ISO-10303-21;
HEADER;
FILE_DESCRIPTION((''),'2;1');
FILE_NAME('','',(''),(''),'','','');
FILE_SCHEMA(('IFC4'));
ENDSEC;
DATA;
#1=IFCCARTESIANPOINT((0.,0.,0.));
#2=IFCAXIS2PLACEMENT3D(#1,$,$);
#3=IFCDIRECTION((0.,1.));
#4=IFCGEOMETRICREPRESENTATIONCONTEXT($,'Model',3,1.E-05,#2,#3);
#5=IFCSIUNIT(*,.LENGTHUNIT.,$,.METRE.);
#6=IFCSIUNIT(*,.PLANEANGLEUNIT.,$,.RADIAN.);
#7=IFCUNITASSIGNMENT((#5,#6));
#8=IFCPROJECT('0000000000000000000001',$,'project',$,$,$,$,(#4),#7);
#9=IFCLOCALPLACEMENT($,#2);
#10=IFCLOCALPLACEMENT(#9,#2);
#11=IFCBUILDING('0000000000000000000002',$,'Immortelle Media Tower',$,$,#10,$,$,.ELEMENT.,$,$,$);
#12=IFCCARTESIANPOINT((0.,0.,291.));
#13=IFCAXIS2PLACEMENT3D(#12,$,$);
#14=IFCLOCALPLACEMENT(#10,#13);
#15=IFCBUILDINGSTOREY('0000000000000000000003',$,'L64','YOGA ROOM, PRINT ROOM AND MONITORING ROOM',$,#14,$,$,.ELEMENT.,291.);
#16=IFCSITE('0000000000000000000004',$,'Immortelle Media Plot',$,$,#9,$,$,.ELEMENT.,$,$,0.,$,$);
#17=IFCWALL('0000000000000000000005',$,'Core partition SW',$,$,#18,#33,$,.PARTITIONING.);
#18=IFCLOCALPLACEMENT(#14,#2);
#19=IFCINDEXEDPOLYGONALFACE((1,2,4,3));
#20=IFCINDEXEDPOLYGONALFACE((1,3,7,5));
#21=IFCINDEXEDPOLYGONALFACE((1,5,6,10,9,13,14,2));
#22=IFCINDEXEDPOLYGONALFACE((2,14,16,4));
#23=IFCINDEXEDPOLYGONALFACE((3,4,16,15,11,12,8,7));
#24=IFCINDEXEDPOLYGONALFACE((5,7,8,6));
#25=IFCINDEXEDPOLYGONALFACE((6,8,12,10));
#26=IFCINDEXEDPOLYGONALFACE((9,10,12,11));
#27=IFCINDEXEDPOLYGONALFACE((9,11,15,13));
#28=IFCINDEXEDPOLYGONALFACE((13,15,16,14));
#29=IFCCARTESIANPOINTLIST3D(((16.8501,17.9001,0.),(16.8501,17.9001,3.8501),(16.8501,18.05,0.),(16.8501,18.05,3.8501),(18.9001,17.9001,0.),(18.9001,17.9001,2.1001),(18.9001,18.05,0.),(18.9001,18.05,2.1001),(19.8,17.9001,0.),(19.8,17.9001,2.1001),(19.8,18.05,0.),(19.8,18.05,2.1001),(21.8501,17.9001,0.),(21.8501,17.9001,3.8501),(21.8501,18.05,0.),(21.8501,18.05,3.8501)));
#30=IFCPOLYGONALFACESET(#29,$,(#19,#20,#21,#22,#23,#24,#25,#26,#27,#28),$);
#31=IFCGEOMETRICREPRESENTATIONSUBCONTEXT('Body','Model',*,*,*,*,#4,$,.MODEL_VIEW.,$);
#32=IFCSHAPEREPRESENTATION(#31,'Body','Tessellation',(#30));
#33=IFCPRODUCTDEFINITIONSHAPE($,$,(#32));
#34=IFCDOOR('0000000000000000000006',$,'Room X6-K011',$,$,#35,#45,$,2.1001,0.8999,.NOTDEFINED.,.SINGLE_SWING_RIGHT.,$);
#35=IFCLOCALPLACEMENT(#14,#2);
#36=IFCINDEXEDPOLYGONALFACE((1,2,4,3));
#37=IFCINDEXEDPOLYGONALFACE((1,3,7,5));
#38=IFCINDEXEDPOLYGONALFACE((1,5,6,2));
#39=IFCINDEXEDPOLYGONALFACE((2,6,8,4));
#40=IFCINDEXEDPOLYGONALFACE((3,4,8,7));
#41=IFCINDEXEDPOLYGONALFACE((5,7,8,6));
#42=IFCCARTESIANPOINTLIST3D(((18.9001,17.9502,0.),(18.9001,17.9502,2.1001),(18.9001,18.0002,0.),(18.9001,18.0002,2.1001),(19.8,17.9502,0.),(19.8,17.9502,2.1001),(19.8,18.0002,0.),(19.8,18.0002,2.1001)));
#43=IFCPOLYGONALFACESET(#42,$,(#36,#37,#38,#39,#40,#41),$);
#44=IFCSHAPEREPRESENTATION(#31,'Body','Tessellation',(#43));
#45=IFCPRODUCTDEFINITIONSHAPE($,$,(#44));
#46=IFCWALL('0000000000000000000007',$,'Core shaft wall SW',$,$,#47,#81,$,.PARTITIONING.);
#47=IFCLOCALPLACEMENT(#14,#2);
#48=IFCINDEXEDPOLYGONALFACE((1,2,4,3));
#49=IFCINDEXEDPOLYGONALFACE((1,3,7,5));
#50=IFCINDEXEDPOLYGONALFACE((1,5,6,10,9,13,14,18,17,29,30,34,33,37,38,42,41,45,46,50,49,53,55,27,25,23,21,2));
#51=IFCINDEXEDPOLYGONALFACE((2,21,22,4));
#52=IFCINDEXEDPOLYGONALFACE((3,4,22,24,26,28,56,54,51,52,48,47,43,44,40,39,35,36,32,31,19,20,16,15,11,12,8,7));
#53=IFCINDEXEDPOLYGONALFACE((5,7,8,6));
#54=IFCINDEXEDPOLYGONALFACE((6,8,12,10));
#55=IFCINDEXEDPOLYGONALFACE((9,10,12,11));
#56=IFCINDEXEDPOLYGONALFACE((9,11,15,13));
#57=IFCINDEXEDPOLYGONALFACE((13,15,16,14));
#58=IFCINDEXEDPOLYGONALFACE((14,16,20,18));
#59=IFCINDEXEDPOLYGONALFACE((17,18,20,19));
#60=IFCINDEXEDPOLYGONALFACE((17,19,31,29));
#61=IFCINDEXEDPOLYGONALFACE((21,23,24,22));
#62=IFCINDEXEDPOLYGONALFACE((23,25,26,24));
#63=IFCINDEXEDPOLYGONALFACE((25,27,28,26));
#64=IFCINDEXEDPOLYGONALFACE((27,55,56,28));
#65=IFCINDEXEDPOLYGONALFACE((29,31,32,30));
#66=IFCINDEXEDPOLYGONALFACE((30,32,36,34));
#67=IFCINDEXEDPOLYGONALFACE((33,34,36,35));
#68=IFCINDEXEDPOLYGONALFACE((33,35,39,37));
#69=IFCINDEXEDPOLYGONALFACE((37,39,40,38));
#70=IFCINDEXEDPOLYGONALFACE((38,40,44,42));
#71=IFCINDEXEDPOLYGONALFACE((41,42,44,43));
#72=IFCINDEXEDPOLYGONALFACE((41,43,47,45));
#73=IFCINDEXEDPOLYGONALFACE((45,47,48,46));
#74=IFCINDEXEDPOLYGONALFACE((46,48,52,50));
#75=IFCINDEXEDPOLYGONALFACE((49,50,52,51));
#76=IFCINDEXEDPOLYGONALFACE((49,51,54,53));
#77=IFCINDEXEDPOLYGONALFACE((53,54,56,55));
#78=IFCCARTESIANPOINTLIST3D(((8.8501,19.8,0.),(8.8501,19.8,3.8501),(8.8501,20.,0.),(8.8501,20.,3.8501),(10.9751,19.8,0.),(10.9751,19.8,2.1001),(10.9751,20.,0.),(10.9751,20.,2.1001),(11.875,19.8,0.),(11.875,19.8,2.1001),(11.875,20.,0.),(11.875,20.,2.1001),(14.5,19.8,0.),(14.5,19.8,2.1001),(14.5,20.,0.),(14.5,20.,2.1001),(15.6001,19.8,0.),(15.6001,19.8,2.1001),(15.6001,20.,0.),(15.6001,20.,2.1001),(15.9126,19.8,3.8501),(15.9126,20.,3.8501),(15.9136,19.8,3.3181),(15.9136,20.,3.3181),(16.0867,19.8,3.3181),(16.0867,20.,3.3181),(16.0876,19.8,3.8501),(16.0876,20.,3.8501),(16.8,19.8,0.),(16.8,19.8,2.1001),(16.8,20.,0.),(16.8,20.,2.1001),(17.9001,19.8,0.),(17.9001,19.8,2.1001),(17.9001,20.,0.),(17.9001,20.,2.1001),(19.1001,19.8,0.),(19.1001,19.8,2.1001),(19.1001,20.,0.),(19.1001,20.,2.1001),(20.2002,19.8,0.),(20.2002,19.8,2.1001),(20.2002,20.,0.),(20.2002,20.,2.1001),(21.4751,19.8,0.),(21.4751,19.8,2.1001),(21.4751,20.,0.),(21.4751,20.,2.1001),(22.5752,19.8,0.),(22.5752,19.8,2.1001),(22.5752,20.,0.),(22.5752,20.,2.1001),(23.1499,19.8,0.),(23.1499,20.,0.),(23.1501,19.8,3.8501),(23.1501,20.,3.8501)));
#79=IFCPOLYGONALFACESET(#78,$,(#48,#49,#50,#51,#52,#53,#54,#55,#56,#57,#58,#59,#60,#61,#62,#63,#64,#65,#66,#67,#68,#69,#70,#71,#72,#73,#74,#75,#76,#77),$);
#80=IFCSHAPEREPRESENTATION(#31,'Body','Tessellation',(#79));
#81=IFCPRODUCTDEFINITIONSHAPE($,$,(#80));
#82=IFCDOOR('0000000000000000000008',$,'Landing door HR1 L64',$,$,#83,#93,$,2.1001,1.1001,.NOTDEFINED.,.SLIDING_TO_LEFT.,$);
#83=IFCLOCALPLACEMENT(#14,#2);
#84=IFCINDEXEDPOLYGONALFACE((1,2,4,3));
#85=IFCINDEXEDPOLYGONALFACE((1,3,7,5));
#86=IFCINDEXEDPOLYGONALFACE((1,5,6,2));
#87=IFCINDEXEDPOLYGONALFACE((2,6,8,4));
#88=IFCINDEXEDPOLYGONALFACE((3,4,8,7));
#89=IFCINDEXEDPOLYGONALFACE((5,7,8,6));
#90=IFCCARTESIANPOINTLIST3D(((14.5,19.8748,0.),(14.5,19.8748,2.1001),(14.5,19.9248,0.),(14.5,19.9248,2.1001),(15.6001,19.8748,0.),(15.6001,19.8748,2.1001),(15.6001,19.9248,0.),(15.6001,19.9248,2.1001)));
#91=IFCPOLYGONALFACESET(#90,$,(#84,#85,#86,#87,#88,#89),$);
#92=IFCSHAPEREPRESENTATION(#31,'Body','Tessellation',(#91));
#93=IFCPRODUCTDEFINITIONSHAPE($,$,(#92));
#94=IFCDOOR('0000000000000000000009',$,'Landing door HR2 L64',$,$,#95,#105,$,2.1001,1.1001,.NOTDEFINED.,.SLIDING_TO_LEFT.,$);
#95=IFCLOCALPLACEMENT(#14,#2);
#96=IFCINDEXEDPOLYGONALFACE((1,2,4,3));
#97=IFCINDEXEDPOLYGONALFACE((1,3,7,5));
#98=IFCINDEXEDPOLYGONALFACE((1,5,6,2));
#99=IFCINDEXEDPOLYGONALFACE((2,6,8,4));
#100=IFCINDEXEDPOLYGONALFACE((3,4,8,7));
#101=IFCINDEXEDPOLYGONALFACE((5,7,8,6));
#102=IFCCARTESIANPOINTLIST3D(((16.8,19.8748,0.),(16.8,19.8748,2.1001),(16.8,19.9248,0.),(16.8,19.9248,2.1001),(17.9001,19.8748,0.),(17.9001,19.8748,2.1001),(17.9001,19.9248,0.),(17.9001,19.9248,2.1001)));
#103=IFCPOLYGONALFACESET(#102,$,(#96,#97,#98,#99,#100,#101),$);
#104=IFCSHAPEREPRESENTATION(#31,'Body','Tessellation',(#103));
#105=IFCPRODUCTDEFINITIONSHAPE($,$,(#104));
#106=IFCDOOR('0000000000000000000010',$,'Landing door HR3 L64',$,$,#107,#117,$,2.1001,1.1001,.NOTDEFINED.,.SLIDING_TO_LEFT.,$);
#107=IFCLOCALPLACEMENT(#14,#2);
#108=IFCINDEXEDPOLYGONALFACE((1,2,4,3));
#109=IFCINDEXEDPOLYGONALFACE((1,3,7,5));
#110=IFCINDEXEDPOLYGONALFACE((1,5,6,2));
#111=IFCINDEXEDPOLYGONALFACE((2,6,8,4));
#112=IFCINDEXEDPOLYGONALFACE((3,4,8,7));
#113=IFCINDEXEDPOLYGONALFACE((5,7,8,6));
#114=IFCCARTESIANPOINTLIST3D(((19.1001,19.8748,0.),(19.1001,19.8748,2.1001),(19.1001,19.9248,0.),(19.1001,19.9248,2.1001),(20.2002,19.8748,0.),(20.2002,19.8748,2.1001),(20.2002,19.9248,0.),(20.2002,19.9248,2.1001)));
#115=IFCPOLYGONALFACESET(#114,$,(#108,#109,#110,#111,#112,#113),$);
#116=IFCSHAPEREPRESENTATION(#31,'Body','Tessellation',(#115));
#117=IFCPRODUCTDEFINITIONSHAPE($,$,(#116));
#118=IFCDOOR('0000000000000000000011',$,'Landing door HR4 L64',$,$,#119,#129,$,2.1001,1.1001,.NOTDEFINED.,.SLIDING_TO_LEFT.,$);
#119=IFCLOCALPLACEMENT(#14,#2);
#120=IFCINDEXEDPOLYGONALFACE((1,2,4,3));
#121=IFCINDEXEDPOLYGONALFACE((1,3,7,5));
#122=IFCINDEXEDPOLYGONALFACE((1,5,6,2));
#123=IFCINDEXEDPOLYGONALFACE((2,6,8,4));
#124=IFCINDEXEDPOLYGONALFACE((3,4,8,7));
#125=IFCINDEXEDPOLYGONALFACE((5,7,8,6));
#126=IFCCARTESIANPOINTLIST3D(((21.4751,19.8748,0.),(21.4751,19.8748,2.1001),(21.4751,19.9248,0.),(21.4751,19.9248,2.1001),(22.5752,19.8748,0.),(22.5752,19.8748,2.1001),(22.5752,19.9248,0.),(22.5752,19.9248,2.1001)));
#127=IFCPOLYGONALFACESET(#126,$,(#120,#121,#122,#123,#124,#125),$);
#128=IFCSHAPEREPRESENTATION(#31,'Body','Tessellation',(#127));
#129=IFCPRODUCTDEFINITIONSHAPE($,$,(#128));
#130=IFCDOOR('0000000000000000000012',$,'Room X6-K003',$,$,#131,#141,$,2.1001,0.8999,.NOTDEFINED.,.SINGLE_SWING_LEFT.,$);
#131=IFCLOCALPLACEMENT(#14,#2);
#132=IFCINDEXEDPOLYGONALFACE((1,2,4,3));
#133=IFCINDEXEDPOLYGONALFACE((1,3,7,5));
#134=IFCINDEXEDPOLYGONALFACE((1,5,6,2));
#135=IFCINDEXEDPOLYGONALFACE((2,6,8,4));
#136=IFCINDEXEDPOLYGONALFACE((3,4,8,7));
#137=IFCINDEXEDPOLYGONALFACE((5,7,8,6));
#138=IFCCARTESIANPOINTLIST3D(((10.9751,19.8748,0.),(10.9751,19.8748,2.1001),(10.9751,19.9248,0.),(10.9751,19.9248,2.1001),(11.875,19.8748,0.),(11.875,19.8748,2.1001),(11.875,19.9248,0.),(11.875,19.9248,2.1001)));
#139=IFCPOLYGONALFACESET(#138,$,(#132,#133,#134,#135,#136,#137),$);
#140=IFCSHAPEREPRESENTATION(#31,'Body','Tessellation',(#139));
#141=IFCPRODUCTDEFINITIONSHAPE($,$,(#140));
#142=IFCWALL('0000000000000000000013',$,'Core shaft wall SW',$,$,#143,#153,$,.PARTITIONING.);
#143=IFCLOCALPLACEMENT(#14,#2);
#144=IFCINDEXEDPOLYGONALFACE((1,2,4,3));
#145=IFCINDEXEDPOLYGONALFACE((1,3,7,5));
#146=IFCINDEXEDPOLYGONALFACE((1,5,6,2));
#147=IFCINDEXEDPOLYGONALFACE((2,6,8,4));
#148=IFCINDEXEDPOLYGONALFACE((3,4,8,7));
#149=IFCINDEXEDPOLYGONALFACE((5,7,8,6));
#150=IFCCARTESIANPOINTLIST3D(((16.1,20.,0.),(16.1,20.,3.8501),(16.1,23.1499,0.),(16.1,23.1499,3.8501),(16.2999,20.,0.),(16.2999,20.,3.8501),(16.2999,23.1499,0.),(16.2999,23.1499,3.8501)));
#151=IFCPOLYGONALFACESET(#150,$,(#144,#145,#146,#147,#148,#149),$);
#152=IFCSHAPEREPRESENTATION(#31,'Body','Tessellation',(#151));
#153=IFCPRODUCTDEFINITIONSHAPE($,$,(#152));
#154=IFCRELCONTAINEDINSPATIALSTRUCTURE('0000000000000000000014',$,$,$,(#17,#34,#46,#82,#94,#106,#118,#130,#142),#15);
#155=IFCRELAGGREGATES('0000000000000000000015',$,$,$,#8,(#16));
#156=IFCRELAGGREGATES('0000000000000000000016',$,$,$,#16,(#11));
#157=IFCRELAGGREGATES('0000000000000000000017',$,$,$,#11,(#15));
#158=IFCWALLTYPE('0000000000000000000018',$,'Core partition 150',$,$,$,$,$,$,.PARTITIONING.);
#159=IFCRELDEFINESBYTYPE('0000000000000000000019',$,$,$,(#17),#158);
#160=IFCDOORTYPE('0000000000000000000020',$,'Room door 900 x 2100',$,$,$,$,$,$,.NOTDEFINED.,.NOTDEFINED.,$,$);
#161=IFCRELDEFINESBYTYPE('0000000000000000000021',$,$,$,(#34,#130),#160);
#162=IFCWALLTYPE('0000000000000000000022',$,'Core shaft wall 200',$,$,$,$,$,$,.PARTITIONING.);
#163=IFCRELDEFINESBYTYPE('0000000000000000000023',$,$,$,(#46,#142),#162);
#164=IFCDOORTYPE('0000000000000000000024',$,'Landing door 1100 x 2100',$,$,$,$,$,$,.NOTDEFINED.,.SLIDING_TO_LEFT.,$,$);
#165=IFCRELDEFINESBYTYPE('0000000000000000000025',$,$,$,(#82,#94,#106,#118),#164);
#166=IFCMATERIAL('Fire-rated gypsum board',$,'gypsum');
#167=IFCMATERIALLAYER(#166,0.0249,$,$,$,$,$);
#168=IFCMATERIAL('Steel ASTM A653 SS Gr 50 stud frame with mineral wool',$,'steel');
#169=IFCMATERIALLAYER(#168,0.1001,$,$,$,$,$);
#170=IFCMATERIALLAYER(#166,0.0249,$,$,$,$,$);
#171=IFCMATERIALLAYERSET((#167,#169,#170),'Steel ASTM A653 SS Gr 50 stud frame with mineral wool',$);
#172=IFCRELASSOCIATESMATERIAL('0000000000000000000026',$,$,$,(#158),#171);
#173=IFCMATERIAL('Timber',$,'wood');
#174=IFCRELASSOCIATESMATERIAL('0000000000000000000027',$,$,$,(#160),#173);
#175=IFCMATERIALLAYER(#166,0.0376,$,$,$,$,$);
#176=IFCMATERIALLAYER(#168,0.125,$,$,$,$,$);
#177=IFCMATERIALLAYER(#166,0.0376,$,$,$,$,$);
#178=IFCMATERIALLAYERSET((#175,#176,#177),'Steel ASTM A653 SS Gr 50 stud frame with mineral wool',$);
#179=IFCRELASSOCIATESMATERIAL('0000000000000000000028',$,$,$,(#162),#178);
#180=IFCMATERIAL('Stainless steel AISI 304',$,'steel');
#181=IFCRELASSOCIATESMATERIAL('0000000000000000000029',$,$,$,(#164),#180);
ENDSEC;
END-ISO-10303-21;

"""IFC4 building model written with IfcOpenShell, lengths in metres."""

from ifc_helpers import new_model, si_unit, direction, frame, frame_2d, origin, place, context, subcontext, project, spatial, polyline, rectangle, outline, extrude, material, layer, layer_set, type_object, element, fill, save


model = new_model("IFC4")

# Units and contexts
model_context = context("Model", 3, precision=1e-05, world=origin(), true_north=direction((0.0, 1.0)))
body_context = subcontext(model_context, "Body", "Model", "MODEL_VIEW")
ifc_project = project(units=[si_unit("LENGTHUNIT", "METRE"), si_unit("PLANEANGLEUNIT", "RADIAN")], contexts=[model_context])

# Site, building, storey
site_placement = place(None, origin())
site = spatial("IfcSite", under=ifc_project, at=site_placement, Name="Immortelle Media Plot", CompositionType="ELEMENT", RefElevation=0.0)
building_placement = place(site_placement, origin())
building = spatial("IfcBuilding", under=site, at=building_placement, Name="Immortelle Media Tower", CompositionType="ELEMENT")
storey_placement = place(building_placement, frame((0.0, 0.0, 291.0)))
storey = spatial("IfcBuildingStorey", under=building, at=storey_placement, Name="L64", Description="YOGA ROOM, PRINT ROOM AND MONITORING ROOM", CompositionType="ELEMENT", Elevation=291.0)

# Shared definitions
ifc_material_1 = material(Name="Timber", Category="wood")

# Shared definitions
ifc_material_2 = material(Name="Fire-rated gypsum board", Category="gypsum")
ifc_layer_1 = layer(ifc_material_2, 0.0249)
ifc_material_3 = material(Name="Steel ASTM A653 SS Gr 50 stud frame with mineral wool", Category="steel")
ifc_layer_2 = layer(ifc_material_3, 0.1001)
ifc_layer_3 = layer(ifc_material_2, 0.0249)
ifc_layer_set_1 = layer_set([ifc_layer_1, ifc_layer_2, ifc_layer_3], Name="Steel ASTM A653 SS Gr 50 stud frame with mineral wool")
wall_type_1 = type_object("IfcWallType", Name="Core partition 150", PredefinedType="PARTITIONING", material=ifc_layer_set_1)

# Shared definitions
door_type_1 = type_object("IfcDoorType", Name="Room door 900 x 2100", OperationType="NOTDEFINED", PredefinedType="NOTDEFINED", material=ifc_material_1)

# Wall, opening, door
wall_1_placement = place(storey_placement, frame((16.8501, 17.9751, 0.0), z_axis=(0.0, 0.0, 1.0), x_axis=(1.0, 0.0, 0.0)))
wall_1 = element("IfcWall", 1, at=wall_1_placement, inside=storey, type_object=wall_type_1, Name="Core partition SW", PredefinedType="PARTITIONING", context=body_context, shape_type="SweptSolid", body=[
    extrude(rectangle(XDim=5.0, YDim=0.1499, at=frame_2d((2.5, 0.0))), origin(), (0.0, 0.0, 1.0), 3.8501),
])
opening_1_placement = place(wall_1_placement, frame((2.95, 0.0, 0.0), z_axis=(0.0, 0.0, 1.0), x_axis=(-1.0, 0.0, 0.0)))
opening_1 = element("IfcOpeningElement", 2, at=opening_1_placement, cuts=wall_1, PredefinedType="OPENING", context=body_context, shape_type="SweptSolid", body=[
    extrude(rectangle(XDim=0.8999, YDim=2.1001, at=frame_2d((0.45, 1.05))), frame((0.0, 0.085, 0.0), z_axis=(0.0, -1.0, 0.0), x_axis=(1.0, 0.0, 0.0)), (0.0, 0.0, 1.0), 0.1699),
])
door_1_placement = place(opening_1_placement, origin())
door_1 = element("IfcDoor", 3, at=door_1_placement, inside=storey, type_object=door_type_1, Name="Room X6-K011", OperationType="SINGLE_SWING_RIGHT", OverallHeight=2.1001, OverallWidth=0.8999, PredefinedType="NOTDEFINED", context=body_context, shape_type="SweptSolid", body=[
    extrude(rectangle(XDim=0.8999, YDim=2.1001, at=frame_2d((0.45, 1.05))), frame((0.0, 0.0249, 0.0), z_axis=(0.0, -1.0, 0.0), x_axis=(1.0, 0.0, 0.0)), (0.0, 0.0, 1.0), 0.05),
])
fill(opening_1, door_1)

# Wall, openings, doors
ifc_layer_4 = layer(ifc_material_2, 0.0376)
ifc_layer_5 = layer(ifc_material_3, 0.125)
ifc_layer_6 = layer(ifc_material_2, 0.0376)
ifc_layer_set_2 = layer_set([ifc_layer_4, ifc_layer_5, ifc_layer_6], Name="Steel ASTM A653 SS Gr 50 stud frame with mineral wool")
wall_type_2 = type_object("IfcWallType", Name="Core shaft wall 200", PredefinedType="PARTITIONING", material=ifc_layer_set_2)
wall_2_placement = place(storey_placement, frame((8.8501, 19.8999, 0.0), z_axis=(0.0, 0.0, 1.0), x_axis=(1.0, 0.0, 0.0)))
wall_2 = element("IfcWall", 4, at=wall_2_placement, inside=storey, type_object=wall_type_2, Name="Core shaft wall SW", PredefinedType="PARTITIONING", context=body_context, shape_type="SweptSolid", body=[
    extrude(outline(polyline([(0.0, 0.0), (14.2998, 0.0), (14.3, 3.8501), (7.2375, 3.8501), (7.2366, 3.3181), (7.0635, 3.3181), (7.0625, 3.8501), (0.0, 3.8501), (0.0, 0.0)])), frame((0.0, 0.1001, 0.0), z_axis=(0.0, -1.0, 0.0), x_axis=(1.0, 0.0, 0.0)), (0.0, 0.0, 1.0), 0.2),
])
opening_2_placement = place(wall_2_placement, frame((2.125, 0.0, 0.0)))
opening_2 = element("IfcOpeningElement", 5, at=opening_2_placement, cuts=wall_2, PredefinedType="OPENING", context=body_context, shape_type="SweptSolid", body=[
    extrude(rectangle(XDim=0.8999, YDim=2.1001, at=frame_2d((0.45, 1.05))), frame((0.0, 0.1099, 0.0), z_axis=(0.0, -1.0, 0.0), x_axis=(1.0, 0.0, 0.0)), (0.0, 0.0, 1.0), 0.22),
])
opening_3_placement = place(wall_2_placement, frame((5.6499, 0.0, 0.0)))
opening_3 = element("IfcOpeningElement", 6, at=opening_3_placement, cuts=wall_2, PredefinedType="OPENING", context=body_context, shape_type="SweptSolid", body=[
    extrude(rectangle(XDim=1.1001, YDim=2.1001, at=frame_2d((0.55, 1.05))), frame((0.0, 0.1099, 0.0), z_axis=(0.0, -1.0, 0.0), x_axis=(1.0, 0.0, 0.0)), (0.0, 0.0, 1.0), 0.22),
])
opening_4_placement = place(wall_2_placement, frame((7.95, 0.0, 0.0)))
opening_4 = element("IfcOpeningElement", 7, at=opening_4_placement, cuts=wall_2, PredefinedType="OPENING", context=body_context, shape_type="SweptSolid", body=[
    extrude(rectangle(XDim=1.1001, YDim=2.1001, at=frame_2d((0.55, 1.05))), frame((0.0, 0.1099, 0.0), z_axis=(0.0, -1.0, 0.0), x_axis=(1.0, 0.0, 0.0)), (0.0, 0.0, 1.0), 0.22),
])
opening_5_placement = place(wall_2_placement, frame((10.25, 0.0, 0.0)))
opening_5 = element("IfcOpeningElement", 8, at=opening_5_placement, cuts=wall_2, PredefinedType="OPENING", context=body_context, shape_type="SweptSolid", body=[
    extrude(rectangle(XDim=1.1001, YDim=2.1001, at=frame_2d((0.55, 1.05))), frame((0.0, 0.1099, 0.0), z_axis=(0.0, -1.0, 0.0), x_axis=(1.0, 0.0, 0.0)), (0.0, 0.0, 1.0), 0.22),
])
opening_6_placement = place(wall_2_placement, frame((12.625, 0.0, 0.0)))
opening_6 = element("IfcOpeningElement", 9, at=opening_6_placement, cuts=wall_2, PredefinedType="OPENING", context=body_context, shape_type="SweptSolid", body=[
    extrude(rectangle(XDim=1.1001, YDim=2.1001, at=frame_2d((0.55, 1.05))), frame((0.0, 0.1099, 0.0), z_axis=(0.0, -1.0, 0.0), x_axis=(1.0, 0.0, 0.0)), (0.0, 0.0, 1.0), 0.22),
])
ifc_material_4 = material(Name="Stainless steel AISI 304", Category="steel")
door_type_2 = type_object("IfcDoorType", Name="Landing door 1100 x 2100", OperationType="SLIDING_TO_LEFT", PredefinedType="NOTDEFINED", material=ifc_material_4)
door_2_placement = place(opening_3_placement, origin())
door_2 = element("IfcDoor", 10, at=door_2_placement, inside=storey, type_object=door_type_2, Name="Landing door HR1 L64", OperationType="SLIDING_TO_LEFT", OverallHeight=2.1001, OverallWidth=1.1001, PredefinedType="NOTDEFINED", context=body_context, shape_type="SweptSolid", body=[
    extrude(rectangle(XDim=1.1001, YDim=2.1001, at=frame_2d((0.55, 1.05))), frame((0.0, 0.0249, 0.0), z_axis=(0.0, -1.0, 0.0), x_axis=(1.0, 0.0, 0.0)), (0.0, 0.0, 1.0), 0.05),
])
fill(opening_3, door_2)
door_3_placement = place(opening_4_placement, origin())
door_3 = element("IfcDoor", 11, at=door_3_placement, inside=storey, type_object=door_type_2, Name="Landing door HR2 L64", OperationType="SLIDING_TO_LEFT", OverallHeight=2.1001, OverallWidth=1.1001, PredefinedType="NOTDEFINED", context=body_context, shape_type="SweptSolid", body=[
    extrude(rectangle(XDim=1.1001, YDim=2.1001, at=frame_2d((0.55, 1.05))), frame((0.0, 0.0249, 0.0), z_axis=(0.0, -1.0, 0.0), x_axis=(1.0, 0.0, 0.0)), (0.0, 0.0, 1.0), 0.05),
])
fill(opening_4, door_3)
door_4_placement = place(opening_5_placement, origin())
door_4 = element("IfcDoor", 12, at=door_4_placement, inside=storey, type_object=door_type_2, Name="Landing door HR3 L64", OperationType="SLIDING_TO_LEFT", OverallHeight=2.1001, OverallWidth=1.1001, PredefinedType="NOTDEFINED", context=body_context, shape_type="SweptSolid", body=[
    extrude(rectangle(XDim=1.1001, YDim=2.1001, at=frame_2d((0.55, 1.05))), frame((0.0, 0.0249, 0.0), z_axis=(0.0, -1.0, 0.0), x_axis=(1.0, 0.0, 0.0)), (0.0, 0.0, 1.0), 0.05),
])
fill(opening_5, door_4)
door_5_placement = place(opening_6_placement, origin())
door_5 = element("IfcDoor", 13, at=door_5_placement, inside=storey, type_object=door_type_2, Name="Landing door HR4 L64", OperationType="SLIDING_TO_LEFT", OverallHeight=2.1001, OverallWidth=1.1001, PredefinedType="NOTDEFINED", context=body_context, shape_type="SweptSolid", body=[
    extrude(rectangle(XDim=1.1001, YDim=2.1001, at=frame_2d((0.55, 1.05))), frame((0.0, 0.0249, 0.0), z_axis=(0.0, -1.0, 0.0), x_axis=(1.0, 0.0, 0.0)), (0.0, 0.0, 1.0), 0.05),
])
fill(opening_6, door_5)
door_6_placement = place(opening_2_placement, origin())
door_6 = element("IfcDoor", 14, at=door_6_placement, inside=storey, type_object=door_type_1, Name="Room X6-K003", OperationType="SINGLE_SWING_LEFT", OverallHeight=2.1001, OverallWidth=0.8999, PredefinedType="NOTDEFINED", context=body_context, shape_type="SweptSolid", body=[
    extrude(rectangle(XDim=0.8999, YDim=2.1001, at=frame_2d((0.45, 1.05))), frame((0.0, 0.0249, 0.0), z_axis=(0.0, -1.0, 0.0), x_axis=(1.0, 0.0, 0.0)), (0.0, 0.0, 1.0), 0.05),
])
fill(opening_2, door_6)

# Wall
wall_3_placement = place(storey_placement, frame((16.2, 20.0, 0.0), z_axis=(0.0, 0.0, 1.0), x_axis=(0.0, 1.0, 0.0)))
element("IfcWall", 15, at=wall_3_placement, inside=storey, type_object=wall_type_2, Name="Core shaft wall SW", PredefinedType="PARTITIONING", context=body_context, shape_type="SweptSolid", body=[
    extrude(rectangle(XDim=3.1499, YDim=0.2, at=frame_2d((1.575, 0.0))), origin(), (0.0, 0.0, 1.0), 3.8501),
])

save(model, "model.ifc")
